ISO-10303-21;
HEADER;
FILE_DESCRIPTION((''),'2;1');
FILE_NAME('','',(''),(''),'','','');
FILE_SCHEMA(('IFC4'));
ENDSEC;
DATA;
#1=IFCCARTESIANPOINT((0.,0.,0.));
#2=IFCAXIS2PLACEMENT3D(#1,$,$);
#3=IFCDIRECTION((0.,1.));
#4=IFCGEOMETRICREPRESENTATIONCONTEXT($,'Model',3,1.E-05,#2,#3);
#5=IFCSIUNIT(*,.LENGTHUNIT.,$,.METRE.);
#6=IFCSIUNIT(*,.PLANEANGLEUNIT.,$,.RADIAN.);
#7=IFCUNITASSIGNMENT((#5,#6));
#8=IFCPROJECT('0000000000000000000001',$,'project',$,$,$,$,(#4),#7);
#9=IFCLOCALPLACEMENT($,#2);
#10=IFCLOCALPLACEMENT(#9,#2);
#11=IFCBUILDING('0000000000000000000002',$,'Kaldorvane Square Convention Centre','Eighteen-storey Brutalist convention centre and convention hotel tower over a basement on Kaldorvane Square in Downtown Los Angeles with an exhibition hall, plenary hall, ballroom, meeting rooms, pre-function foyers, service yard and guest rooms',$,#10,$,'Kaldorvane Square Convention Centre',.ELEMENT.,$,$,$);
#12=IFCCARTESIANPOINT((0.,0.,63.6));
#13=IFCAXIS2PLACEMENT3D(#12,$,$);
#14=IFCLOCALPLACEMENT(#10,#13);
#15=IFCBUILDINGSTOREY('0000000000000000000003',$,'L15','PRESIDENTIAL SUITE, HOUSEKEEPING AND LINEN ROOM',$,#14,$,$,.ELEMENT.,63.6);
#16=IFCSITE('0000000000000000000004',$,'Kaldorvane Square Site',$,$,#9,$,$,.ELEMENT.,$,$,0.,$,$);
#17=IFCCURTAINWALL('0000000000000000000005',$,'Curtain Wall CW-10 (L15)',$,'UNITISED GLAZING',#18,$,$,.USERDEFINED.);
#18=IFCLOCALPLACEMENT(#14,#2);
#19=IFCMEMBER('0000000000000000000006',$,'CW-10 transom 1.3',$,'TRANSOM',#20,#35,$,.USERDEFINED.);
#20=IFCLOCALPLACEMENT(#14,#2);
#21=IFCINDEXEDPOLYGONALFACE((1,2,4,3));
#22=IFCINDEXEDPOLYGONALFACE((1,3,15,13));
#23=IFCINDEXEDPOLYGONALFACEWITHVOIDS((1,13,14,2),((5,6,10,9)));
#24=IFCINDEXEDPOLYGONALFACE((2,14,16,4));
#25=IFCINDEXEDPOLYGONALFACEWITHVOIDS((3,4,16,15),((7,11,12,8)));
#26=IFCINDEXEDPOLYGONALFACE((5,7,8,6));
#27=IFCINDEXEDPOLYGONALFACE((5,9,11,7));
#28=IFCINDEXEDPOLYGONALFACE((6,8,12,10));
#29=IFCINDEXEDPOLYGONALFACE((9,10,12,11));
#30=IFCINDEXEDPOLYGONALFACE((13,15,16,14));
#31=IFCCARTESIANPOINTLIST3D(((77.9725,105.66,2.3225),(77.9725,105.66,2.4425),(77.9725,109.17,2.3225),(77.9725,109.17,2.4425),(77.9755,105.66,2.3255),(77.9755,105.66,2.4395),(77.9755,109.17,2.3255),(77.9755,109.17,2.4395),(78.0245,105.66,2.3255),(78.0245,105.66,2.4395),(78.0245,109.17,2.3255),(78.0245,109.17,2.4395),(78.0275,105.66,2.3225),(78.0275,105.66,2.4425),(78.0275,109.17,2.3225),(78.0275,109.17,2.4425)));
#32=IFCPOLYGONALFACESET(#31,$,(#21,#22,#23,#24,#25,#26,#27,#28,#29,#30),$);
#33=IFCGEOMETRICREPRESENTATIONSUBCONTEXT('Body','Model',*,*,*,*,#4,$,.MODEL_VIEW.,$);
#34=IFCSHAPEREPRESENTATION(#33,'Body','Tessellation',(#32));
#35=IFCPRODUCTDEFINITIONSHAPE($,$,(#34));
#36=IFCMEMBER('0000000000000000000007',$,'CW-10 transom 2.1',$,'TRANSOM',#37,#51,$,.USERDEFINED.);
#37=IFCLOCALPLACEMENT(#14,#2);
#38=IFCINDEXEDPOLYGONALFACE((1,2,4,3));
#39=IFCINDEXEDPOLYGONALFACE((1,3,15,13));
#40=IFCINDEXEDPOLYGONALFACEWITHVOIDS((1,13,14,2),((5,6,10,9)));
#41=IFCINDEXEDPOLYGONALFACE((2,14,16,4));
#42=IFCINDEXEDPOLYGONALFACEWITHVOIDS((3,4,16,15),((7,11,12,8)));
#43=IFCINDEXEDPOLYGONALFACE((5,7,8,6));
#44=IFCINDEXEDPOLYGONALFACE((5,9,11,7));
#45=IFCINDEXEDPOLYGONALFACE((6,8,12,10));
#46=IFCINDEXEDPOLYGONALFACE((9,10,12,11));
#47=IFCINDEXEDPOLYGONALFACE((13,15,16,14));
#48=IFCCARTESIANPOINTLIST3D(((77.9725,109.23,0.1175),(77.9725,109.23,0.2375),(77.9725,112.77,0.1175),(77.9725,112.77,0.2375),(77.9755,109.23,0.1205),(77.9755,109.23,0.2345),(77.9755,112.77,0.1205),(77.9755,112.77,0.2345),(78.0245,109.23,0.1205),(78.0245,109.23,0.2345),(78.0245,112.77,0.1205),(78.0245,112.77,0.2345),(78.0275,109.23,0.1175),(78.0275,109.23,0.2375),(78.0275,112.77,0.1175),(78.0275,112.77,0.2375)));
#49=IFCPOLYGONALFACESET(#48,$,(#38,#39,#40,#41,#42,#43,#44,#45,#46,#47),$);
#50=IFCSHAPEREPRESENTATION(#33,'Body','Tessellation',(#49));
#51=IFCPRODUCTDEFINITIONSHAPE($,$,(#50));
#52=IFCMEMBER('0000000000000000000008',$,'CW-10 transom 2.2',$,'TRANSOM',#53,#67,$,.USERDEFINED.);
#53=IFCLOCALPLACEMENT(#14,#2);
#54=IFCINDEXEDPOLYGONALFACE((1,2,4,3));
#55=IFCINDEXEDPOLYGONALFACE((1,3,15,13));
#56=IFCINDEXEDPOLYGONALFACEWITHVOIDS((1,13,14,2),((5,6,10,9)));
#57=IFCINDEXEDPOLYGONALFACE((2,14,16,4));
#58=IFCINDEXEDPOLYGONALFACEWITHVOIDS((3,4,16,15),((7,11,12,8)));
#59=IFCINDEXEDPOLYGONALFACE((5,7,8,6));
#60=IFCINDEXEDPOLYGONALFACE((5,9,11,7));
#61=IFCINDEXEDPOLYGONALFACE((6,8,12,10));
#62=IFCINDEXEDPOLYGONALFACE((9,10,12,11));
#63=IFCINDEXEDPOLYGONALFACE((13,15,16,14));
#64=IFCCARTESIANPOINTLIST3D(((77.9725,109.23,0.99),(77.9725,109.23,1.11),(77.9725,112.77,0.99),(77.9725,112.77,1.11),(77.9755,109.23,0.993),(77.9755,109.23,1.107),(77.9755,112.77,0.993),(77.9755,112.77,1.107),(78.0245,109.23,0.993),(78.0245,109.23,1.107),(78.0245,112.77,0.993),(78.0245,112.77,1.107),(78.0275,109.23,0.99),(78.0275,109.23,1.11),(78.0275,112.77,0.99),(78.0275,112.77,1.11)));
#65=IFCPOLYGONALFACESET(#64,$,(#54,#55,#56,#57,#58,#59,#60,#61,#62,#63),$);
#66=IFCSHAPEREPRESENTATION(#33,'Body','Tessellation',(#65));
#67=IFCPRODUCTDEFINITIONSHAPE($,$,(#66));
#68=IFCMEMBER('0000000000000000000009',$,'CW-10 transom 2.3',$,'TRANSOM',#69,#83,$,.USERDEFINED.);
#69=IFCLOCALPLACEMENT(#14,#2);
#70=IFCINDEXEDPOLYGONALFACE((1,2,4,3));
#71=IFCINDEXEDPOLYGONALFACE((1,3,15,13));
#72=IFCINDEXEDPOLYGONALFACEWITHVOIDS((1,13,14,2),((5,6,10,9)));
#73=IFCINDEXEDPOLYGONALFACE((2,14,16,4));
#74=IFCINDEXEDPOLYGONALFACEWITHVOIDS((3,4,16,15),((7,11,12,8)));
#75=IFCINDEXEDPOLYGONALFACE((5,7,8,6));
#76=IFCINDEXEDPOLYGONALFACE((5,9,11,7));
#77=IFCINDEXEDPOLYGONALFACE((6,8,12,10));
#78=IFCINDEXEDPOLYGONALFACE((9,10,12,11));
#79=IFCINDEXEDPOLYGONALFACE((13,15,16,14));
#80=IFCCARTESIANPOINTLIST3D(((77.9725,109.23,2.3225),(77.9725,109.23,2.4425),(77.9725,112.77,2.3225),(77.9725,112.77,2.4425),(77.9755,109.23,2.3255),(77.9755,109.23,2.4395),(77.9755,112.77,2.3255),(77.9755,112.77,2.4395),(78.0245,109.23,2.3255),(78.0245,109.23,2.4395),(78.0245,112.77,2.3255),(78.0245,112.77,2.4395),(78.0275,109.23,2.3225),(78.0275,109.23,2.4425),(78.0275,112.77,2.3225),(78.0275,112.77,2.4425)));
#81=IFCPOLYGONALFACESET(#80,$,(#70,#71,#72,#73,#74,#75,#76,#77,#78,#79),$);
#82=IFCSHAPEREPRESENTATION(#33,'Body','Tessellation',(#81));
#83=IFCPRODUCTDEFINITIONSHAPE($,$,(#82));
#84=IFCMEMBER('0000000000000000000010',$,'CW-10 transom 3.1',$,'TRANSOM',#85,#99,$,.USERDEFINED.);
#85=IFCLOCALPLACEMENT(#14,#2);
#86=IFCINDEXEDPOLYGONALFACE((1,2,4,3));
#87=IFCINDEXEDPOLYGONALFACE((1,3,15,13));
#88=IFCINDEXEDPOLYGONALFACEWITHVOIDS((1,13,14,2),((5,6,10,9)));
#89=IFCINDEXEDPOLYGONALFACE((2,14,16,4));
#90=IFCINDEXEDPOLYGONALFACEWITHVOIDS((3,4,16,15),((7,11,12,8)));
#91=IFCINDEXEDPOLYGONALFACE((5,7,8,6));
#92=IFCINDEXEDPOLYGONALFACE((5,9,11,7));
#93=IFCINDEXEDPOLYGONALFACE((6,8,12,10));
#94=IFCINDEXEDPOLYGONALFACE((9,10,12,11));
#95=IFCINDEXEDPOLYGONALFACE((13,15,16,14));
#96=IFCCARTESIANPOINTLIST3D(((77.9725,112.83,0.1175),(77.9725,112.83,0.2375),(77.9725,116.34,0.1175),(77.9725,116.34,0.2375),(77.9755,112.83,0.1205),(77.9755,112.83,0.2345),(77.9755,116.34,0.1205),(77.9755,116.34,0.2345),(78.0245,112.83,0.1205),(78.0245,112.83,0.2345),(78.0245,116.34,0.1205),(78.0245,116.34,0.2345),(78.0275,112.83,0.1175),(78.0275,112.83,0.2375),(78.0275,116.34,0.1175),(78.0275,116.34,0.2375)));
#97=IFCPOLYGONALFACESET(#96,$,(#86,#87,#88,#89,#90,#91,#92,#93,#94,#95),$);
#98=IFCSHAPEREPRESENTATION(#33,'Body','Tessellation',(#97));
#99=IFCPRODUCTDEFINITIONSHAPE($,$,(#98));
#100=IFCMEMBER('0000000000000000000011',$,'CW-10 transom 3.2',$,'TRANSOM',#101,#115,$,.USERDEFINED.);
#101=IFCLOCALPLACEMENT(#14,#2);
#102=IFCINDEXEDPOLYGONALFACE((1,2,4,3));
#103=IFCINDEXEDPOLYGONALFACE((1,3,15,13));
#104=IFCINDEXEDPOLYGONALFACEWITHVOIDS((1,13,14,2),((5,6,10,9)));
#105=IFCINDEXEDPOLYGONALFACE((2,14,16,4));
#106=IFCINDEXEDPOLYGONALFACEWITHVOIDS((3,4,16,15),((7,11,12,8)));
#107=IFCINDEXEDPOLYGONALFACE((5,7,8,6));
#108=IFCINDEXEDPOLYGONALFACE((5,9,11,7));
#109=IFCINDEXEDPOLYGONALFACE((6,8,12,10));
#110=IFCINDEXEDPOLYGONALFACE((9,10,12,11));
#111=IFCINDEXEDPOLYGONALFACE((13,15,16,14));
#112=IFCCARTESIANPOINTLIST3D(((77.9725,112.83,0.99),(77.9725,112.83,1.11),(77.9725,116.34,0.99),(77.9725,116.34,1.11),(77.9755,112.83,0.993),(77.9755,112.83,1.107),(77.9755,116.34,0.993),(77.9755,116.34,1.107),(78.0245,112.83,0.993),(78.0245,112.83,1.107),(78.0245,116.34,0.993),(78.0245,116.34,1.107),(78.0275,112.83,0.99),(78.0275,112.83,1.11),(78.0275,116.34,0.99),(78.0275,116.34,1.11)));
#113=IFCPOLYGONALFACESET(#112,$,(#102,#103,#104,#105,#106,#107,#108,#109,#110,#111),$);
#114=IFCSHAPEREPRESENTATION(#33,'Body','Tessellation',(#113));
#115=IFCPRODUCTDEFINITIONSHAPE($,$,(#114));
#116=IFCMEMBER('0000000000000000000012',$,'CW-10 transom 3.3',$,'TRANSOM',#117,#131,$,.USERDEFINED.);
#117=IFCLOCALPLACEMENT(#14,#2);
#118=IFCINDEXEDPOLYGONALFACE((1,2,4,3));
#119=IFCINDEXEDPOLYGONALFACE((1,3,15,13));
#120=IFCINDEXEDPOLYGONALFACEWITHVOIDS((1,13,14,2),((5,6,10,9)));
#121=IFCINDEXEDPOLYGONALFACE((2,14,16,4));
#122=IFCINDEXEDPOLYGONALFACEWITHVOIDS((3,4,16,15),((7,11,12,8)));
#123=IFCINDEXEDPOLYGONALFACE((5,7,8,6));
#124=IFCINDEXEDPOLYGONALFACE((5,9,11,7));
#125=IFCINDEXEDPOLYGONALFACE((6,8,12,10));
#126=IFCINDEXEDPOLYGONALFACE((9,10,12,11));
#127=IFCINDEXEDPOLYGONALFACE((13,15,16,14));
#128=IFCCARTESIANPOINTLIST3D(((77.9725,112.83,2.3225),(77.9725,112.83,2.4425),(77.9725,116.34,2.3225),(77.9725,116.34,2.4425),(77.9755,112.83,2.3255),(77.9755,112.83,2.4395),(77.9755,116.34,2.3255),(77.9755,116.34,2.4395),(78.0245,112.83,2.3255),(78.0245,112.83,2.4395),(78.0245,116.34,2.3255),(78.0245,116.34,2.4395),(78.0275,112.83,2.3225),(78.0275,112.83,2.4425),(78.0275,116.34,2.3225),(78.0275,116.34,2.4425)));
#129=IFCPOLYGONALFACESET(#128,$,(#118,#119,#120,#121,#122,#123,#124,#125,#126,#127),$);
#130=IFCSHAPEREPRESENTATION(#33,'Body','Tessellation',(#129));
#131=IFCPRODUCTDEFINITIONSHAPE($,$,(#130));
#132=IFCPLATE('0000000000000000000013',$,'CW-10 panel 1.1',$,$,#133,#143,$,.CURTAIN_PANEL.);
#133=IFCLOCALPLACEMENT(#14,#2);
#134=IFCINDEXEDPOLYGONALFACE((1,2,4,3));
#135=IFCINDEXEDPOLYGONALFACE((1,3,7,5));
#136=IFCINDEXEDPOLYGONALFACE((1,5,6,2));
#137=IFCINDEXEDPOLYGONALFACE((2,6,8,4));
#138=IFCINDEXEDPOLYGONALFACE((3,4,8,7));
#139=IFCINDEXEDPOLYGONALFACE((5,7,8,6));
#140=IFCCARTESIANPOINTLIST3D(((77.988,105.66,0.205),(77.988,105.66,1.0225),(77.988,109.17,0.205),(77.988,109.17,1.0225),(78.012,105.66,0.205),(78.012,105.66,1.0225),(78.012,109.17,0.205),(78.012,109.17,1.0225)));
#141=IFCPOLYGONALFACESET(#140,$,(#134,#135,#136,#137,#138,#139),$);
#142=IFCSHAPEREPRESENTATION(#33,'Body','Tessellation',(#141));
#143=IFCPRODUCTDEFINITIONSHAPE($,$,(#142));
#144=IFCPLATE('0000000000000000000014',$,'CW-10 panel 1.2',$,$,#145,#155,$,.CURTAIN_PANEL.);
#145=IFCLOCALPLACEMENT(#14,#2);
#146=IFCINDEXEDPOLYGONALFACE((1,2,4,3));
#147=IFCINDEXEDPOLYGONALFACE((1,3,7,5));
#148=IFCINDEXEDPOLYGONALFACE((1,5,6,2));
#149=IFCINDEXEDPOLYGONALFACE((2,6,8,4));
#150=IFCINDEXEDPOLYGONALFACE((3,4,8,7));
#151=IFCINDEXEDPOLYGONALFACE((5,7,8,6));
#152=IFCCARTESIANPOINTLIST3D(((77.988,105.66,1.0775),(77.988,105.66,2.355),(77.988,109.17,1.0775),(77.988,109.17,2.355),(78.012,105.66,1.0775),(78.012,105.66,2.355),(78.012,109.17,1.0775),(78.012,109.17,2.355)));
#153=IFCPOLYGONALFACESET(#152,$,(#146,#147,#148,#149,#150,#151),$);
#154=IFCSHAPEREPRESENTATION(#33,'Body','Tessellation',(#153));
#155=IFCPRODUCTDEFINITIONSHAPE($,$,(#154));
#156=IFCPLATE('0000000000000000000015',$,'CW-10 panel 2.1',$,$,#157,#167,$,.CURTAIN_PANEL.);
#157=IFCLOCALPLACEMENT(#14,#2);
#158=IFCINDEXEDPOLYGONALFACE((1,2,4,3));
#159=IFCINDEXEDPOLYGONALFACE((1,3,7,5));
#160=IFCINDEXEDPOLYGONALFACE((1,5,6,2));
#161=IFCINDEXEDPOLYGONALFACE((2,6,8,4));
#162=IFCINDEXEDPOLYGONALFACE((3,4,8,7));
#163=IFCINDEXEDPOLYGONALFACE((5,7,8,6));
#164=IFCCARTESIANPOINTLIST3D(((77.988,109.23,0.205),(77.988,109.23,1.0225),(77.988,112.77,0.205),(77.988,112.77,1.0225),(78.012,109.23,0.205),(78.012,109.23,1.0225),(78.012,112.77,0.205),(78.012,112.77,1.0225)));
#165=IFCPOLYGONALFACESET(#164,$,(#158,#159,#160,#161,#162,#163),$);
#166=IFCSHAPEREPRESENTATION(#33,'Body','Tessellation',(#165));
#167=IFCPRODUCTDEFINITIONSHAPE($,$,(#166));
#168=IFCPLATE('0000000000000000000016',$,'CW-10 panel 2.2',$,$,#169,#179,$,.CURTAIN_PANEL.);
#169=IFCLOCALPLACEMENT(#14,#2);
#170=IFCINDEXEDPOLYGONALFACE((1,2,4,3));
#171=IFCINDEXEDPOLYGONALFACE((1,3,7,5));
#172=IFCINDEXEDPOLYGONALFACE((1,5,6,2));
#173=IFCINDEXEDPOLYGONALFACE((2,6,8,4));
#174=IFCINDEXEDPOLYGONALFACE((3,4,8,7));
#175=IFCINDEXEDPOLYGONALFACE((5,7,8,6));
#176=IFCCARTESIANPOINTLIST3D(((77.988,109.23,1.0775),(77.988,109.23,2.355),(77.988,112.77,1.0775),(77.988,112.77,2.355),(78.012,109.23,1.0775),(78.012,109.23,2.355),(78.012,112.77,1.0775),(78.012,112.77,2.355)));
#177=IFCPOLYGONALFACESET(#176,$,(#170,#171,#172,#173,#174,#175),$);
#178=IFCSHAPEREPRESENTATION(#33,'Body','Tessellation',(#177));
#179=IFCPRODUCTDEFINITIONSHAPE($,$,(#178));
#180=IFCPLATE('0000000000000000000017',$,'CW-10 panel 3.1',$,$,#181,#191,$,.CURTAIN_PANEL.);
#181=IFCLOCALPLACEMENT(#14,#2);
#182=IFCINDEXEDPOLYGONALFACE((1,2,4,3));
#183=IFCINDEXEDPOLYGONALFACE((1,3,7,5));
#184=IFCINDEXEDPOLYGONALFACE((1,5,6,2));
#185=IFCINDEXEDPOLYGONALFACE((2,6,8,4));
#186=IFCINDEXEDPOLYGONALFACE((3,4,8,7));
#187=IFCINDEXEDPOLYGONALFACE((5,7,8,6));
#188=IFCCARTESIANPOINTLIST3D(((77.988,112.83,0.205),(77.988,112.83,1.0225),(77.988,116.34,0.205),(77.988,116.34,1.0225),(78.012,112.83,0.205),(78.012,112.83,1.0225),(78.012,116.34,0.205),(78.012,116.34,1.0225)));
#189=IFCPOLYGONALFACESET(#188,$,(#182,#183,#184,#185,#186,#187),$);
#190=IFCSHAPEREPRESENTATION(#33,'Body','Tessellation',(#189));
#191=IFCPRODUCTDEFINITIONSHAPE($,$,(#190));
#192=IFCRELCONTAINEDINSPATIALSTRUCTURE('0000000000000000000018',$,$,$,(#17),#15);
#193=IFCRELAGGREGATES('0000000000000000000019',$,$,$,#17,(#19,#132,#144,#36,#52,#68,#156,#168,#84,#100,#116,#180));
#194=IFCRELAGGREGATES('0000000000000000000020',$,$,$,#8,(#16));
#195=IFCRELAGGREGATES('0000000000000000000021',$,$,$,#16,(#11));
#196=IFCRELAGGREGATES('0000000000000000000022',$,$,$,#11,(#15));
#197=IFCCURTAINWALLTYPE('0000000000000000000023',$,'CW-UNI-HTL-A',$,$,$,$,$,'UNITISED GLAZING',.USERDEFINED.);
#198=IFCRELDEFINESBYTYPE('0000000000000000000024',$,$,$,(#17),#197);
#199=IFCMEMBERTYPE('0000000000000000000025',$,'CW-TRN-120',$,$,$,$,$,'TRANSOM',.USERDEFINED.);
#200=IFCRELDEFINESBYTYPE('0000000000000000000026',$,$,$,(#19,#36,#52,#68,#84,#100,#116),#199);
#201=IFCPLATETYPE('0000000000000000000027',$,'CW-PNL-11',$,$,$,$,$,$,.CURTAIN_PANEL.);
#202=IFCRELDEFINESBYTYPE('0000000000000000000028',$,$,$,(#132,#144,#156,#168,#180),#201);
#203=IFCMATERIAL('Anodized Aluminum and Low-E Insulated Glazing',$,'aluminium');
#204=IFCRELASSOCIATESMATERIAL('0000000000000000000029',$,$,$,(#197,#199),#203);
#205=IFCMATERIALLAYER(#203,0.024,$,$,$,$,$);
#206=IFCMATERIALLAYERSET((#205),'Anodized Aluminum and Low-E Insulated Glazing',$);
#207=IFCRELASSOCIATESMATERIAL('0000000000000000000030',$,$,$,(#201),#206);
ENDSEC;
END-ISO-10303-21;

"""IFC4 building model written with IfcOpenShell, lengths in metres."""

from ifc_helpers import new_model, si_unit, direction, frame, origin, origin_2d, place, context, subcontext, project, spatial, rectangle, hollow_rectangle, extrude, material, layer, layer_set, material_profile, profile_set, type_object, element, aggregate, save


model = new_model("IFC4")

# Units and contexts
model_context = context("Model", 3, precision=1e-05, world=origin(), true_north=direction((0.0, 1.0)))
body_context = subcontext(model_context, "Body", "Model", "MODEL_VIEW")
ifc_project = project(units=[si_unit("LENGTHUNIT", "METRE"), si_unit("PLANEANGLEUNIT", "RADIAN")], contexts=[model_context])

# Site, building, storey
site_placement = place(None, origin())
site = spatial("IfcSite", under=ifc_project, at=site_placement, Name="Kaldorvane Square Site", CompositionType="ELEMENT", RefElevation=0.0)
building_placement = place(site_placement, origin())
building = spatial("IfcBuilding", under=site, at=building_placement, Name="Kaldorvane Square Convention Centre", Description="Eighteen-storey Brutalist convention centre and convention hotel tower over a basement on Kaldorvane Square in Downtown Los Angeles with an exhibition hall, plenary hall, ballroom, meeting rooms, pre-function foyers, service yard and guest rooms", LongName="Kaldorvane Square Convention Centre", CompositionType="ELEMENT")
storey_placement = place(building_placement, frame((0.0, 0.0, 63.6)))
storey = spatial("IfcBuildingStorey", under=building, at=storey_placement, Name="L15", Description="PRESIDENTIAL SUITE, HOUSEKEEPING AND LINEN ROOM", CompositionType="ELEMENT", Elevation=63.6)

# Curtain wall, members, plates
ifc_material_1 = material(Name="Anodized Aluminum and Low-E Insulated Glazing", Category="aluminium")
curtain_wall_type = type_object("IfcCurtainWallType", Name="CW-UNI-HTL-A", ElementType="UNITISED GLAZING", PredefinedType="USERDEFINED", material=ifc_material_1)
curtain_wall_placement = place(storey_placement, origin())
curtain_wall = element("IfcCurtainWall", 1, at=curtain_wall_placement, inside=storey, type_object=curtain_wall_type, Name="Curtain Wall CW-10 (L15)", ObjectType="UNITISED GLAZING", PredefinedType="USERDEFINED")
ifc_material_profile_1 = material_profile(ifc_material_1, hollow_rectangle(XDim=0.055, YDim=0.12, WallThickness=0.003, at=origin_2d()), Name="CWT-120X55")
ifc_profile_set_1 = profile_set([ifc_material_profile_1], Name="Anodized Aluminum and Low-E Insulated Glazing")
member_type_1 = type_object("IfcMemberType", Name="CW-TRN-120", ElementType="TRANSOM", PredefinedType="USERDEFINED", material=ifc_profile_set_1)
member_1_placement = place(storey_placement, frame((78.0, 105.66, 2.3825), z_axis=(0.0, 1.0, 0.0), x_axis=(-1.0, 0.0, 0.0)))
member_1 = element("IfcMember", 2, at=member_1_placement, type_object=member_type_1, Name="CW-10 transom 1.3", ObjectType="TRANSOM", PredefinedType="USERDEFINED", context=body_context, shape_type="SweptSolid", body=[
    extrude(hollow_rectangle(XDim=0.055, YDim=0.12, WallThickness=0.003, at=origin_2d()), origin(), (0.0, 0.0, 1.0), 3.51),
])
member_2_placement = place(storey_placement, frame((78.0, 109.23, 0.1775), z_axis=(0.0, 1.0, 0.0), x_axis=(-1.0, 0.0, 0.0)))
member_2 = element("IfcMember", 3, at=member_2_placement, type_object=member_type_1, Name="CW-10 transom 2.1", ObjectType="TRANSOM", PredefinedType="USERDEFINED", context=body_context, shape_type="SweptSolid", body=[
    extrude(hollow_rectangle(XDim=0.055, YDim=0.12, WallThickness=0.003, at=origin_2d()), origin(), (0.0, 0.0, 1.0), 3.54),
])
member_3_placement = place(storey_placement, frame((78.0, 109.23, 1.05), z_axis=(0.0, 1.0, 0.0), x_axis=(-1.0, 0.0, 0.0)))
member_3 = element("IfcMember", 4, at=member_3_placement, type_object=member_type_1, Name="CW-10 transom 2.2", ObjectType="TRANSOM", PredefinedType="USERDEFINED", context=body_context, shape_type="SweptSolid", body=[
    extrude(hollow_rectangle(XDim=0.055, YDim=0.12, WallThickness=0.003, at=origin_2d()), origin(), (0.0, 0.0, 1.0), 3.54),
])
member_4_placement = place(storey_placement, frame((78.0, 109.23, 2.3825), z_axis=(0.0, 1.0, 0.0), x_axis=(-1.0, 0.0, 0.0)))
member_4 = element("IfcMember", 5, at=member_4_placement, type_object=member_type_1, Name="CW-10 transom 2.3", ObjectType="TRANSOM", PredefinedType="USERDEFINED", context=body_context, shape_type="SweptSolid", body=[
    extrude(hollow_rectangle(XDim=0.055, YDim=0.12, WallThickness=0.003, at=origin_2d()), origin(), (0.0, 0.0, 1.0), 3.54),
])
member_5_placement = place(storey_placement, frame((78.0, 112.83, 0.1775), z_axis=(0.0, 1.0, 0.0), x_axis=(-1.0, 0.0, 0.0)))
member_5 = element("IfcMember", 6, at=member_5_placement, type_object=member_type_1, Name="CW-10 transom 3.1", ObjectType="TRANSOM", PredefinedType="USERDEFINED", context=body_context, shape_type="SweptSolid", body=[
    extrude(hollow_rectangle(XDim=0.055, YDim=0.12, WallThickness=0.003, at=origin_2d()), origin(), (0.0, 0.0, 1.0), 3.51),
])
member_6_placement = place(storey_placement, frame((78.0, 112.83, 1.05), z_axis=(0.0, 1.0, 0.0), x_axis=(-1.0, 0.0, 0.0)))
member_6 = element("IfcMember", 7, at=member_6_placement, type_object=member_type_1, Name="CW-10 transom 3.2", ObjectType="TRANSOM", PredefinedType="USERDEFINED", context=body_context, shape_type="SweptSolid", body=[
    extrude(hollow_rectangle(XDim=0.055, YDim=0.12, WallThickness=0.003, at=origin_2d()), origin(), (0.0, 0.0, 1.0), 3.51),
])
member_7_placement = place(storey_placement, frame((78.0, 112.83, 2.3825), z_axis=(0.0, 1.0, 0.0), x_axis=(-1.0, 0.0, 0.0)))
member_7 = element("IfcMember", 8, at=member_7_placement, type_object=member_type_1, Name="CW-10 transom 3.3", ObjectType="TRANSOM", PredefinedType="USERDEFINED", context=body_context, shape_type="SweptSolid", body=[
    extrude(hollow_rectangle(XDim=0.055, YDim=0.12, WallThickness=0.003, at=origin_2d()), origin(), (0.0, 0.0, 1.0), 3.51),
])
ifc_layer_1 = layer(ifc_material_1, 0.024)
ifc_layer_set_1 = layer_set([ifc_layer_1], Name="Anodized Aluminum and Low-E Insulated Glazing")
plate_type = type_object("IfcPlateType", Name="CW-PNL-11", PredefinedType="CURTAIN_PANEL", material=ifc_layer_set_1)
plate_1_placement = place(storey_placement, frame((78.0, 107.415, 0.205), z_axis=(0.0, 0.0, 1.0), x_axis=(0.0, 1.0, 0.0)))
plate_1 = element("IfcPlate", 9, at=plate_1_placement, type_object=plate_type, Name="CW-10 panel 1.1", PredefinedType="CURTAIN_PANEL", context=body_context, shape_type="SweptSolid", body=[
    extrude(rectangle(XDim=3.51, YDim=0.024, at=origin_2d()), origin(), (0.0, 0.0, 1.0), 0.8175),
])
plate_2_placement = place(storey_placement, frame((78.0, 107.415, 1.0775), z_axis=(0.0, 0.0, 1.0), x_axis=(0.0, 1.0, 0.0)))
plate_2 = element("IfcPlate", 10, at=plate_2_placement, type_object=plate_type, Name="CW-10 panel 1.2", PredefinedType="CURTAIN_PANEL", context=body_context, shape_type="SweptSolid", body=[
    extrude(rectangle(XDim=3.51, YDim=0.024, at=origin_2d()), origin(), (0.0, 0.0, 1.0), 1.2775),
])
plate_3_placement = place(storey_placement, frame((78.0, 111.0, 0.205), z_axis=(0.0, 0.0, 1.0), x_axis=(0.0, 1.0, 0.0)))
plate_3 = element("IfcPlate", 11, at=plate_3_placement, type_object=plate_type, Name="CW-10 panel 2.1", PredefinedType="CURTAIN_PANEL", context=body_context, shape_type="SweptSolid", body=[
    extrude(rectangle(XDim=3.54, YDim=0.024, at=origin_2d()), origin(), (0.0, 0.0, 1.0), 0.8175),
])
plate_4_placement = place(storey_placement, frame((78.0, 111.0, 1.0775), z_axis=(0.0, 0.0, 1.0), x_axis=(0.0, 1.0, 0.0)))
plate_4 = element("IfcPlate", 12, at=plate_4_placement, type_object=plate_type, Name="CW-10 panel 2.2", PredefinedType="CURTAIN_PANEL", context=body_context, shape_type="SweptSolid", body=[
    extrude(rectangle(XDim=3.54, YDim=0.024, at=origin_2d()), origin(), (0.0, 0.0, 1.0), 1.2775),
])
plate_5_placement = place(storey_placement, frame((78.0, 114.585, 0.205), z_axis=(0.0, 0.0, 1.0), x_axis=(0.0, 1.0, 0.0)))
plate_5 = element("IfcPlate", 13, at=plate_5_placement, type_object=plate_type, Name="CW-10 panel 3.1", PredefinedType="CURTAIN_PANEL", context=body_context, shape_type="SweptSolid", body=[
    extrude(rectangle(XDim=3.51, YDim=0.024, at=origin_2d()), origin(), (0.0, 0.0, 1.0), 0.8175),
])
aggregate(curtain_wall, [member_1, plate_1, plate_2, member_2, member_3, member_4, plate_3, plate_4, member_5, member_6, member_7, plate_5])

save(model, "model.ifc")
